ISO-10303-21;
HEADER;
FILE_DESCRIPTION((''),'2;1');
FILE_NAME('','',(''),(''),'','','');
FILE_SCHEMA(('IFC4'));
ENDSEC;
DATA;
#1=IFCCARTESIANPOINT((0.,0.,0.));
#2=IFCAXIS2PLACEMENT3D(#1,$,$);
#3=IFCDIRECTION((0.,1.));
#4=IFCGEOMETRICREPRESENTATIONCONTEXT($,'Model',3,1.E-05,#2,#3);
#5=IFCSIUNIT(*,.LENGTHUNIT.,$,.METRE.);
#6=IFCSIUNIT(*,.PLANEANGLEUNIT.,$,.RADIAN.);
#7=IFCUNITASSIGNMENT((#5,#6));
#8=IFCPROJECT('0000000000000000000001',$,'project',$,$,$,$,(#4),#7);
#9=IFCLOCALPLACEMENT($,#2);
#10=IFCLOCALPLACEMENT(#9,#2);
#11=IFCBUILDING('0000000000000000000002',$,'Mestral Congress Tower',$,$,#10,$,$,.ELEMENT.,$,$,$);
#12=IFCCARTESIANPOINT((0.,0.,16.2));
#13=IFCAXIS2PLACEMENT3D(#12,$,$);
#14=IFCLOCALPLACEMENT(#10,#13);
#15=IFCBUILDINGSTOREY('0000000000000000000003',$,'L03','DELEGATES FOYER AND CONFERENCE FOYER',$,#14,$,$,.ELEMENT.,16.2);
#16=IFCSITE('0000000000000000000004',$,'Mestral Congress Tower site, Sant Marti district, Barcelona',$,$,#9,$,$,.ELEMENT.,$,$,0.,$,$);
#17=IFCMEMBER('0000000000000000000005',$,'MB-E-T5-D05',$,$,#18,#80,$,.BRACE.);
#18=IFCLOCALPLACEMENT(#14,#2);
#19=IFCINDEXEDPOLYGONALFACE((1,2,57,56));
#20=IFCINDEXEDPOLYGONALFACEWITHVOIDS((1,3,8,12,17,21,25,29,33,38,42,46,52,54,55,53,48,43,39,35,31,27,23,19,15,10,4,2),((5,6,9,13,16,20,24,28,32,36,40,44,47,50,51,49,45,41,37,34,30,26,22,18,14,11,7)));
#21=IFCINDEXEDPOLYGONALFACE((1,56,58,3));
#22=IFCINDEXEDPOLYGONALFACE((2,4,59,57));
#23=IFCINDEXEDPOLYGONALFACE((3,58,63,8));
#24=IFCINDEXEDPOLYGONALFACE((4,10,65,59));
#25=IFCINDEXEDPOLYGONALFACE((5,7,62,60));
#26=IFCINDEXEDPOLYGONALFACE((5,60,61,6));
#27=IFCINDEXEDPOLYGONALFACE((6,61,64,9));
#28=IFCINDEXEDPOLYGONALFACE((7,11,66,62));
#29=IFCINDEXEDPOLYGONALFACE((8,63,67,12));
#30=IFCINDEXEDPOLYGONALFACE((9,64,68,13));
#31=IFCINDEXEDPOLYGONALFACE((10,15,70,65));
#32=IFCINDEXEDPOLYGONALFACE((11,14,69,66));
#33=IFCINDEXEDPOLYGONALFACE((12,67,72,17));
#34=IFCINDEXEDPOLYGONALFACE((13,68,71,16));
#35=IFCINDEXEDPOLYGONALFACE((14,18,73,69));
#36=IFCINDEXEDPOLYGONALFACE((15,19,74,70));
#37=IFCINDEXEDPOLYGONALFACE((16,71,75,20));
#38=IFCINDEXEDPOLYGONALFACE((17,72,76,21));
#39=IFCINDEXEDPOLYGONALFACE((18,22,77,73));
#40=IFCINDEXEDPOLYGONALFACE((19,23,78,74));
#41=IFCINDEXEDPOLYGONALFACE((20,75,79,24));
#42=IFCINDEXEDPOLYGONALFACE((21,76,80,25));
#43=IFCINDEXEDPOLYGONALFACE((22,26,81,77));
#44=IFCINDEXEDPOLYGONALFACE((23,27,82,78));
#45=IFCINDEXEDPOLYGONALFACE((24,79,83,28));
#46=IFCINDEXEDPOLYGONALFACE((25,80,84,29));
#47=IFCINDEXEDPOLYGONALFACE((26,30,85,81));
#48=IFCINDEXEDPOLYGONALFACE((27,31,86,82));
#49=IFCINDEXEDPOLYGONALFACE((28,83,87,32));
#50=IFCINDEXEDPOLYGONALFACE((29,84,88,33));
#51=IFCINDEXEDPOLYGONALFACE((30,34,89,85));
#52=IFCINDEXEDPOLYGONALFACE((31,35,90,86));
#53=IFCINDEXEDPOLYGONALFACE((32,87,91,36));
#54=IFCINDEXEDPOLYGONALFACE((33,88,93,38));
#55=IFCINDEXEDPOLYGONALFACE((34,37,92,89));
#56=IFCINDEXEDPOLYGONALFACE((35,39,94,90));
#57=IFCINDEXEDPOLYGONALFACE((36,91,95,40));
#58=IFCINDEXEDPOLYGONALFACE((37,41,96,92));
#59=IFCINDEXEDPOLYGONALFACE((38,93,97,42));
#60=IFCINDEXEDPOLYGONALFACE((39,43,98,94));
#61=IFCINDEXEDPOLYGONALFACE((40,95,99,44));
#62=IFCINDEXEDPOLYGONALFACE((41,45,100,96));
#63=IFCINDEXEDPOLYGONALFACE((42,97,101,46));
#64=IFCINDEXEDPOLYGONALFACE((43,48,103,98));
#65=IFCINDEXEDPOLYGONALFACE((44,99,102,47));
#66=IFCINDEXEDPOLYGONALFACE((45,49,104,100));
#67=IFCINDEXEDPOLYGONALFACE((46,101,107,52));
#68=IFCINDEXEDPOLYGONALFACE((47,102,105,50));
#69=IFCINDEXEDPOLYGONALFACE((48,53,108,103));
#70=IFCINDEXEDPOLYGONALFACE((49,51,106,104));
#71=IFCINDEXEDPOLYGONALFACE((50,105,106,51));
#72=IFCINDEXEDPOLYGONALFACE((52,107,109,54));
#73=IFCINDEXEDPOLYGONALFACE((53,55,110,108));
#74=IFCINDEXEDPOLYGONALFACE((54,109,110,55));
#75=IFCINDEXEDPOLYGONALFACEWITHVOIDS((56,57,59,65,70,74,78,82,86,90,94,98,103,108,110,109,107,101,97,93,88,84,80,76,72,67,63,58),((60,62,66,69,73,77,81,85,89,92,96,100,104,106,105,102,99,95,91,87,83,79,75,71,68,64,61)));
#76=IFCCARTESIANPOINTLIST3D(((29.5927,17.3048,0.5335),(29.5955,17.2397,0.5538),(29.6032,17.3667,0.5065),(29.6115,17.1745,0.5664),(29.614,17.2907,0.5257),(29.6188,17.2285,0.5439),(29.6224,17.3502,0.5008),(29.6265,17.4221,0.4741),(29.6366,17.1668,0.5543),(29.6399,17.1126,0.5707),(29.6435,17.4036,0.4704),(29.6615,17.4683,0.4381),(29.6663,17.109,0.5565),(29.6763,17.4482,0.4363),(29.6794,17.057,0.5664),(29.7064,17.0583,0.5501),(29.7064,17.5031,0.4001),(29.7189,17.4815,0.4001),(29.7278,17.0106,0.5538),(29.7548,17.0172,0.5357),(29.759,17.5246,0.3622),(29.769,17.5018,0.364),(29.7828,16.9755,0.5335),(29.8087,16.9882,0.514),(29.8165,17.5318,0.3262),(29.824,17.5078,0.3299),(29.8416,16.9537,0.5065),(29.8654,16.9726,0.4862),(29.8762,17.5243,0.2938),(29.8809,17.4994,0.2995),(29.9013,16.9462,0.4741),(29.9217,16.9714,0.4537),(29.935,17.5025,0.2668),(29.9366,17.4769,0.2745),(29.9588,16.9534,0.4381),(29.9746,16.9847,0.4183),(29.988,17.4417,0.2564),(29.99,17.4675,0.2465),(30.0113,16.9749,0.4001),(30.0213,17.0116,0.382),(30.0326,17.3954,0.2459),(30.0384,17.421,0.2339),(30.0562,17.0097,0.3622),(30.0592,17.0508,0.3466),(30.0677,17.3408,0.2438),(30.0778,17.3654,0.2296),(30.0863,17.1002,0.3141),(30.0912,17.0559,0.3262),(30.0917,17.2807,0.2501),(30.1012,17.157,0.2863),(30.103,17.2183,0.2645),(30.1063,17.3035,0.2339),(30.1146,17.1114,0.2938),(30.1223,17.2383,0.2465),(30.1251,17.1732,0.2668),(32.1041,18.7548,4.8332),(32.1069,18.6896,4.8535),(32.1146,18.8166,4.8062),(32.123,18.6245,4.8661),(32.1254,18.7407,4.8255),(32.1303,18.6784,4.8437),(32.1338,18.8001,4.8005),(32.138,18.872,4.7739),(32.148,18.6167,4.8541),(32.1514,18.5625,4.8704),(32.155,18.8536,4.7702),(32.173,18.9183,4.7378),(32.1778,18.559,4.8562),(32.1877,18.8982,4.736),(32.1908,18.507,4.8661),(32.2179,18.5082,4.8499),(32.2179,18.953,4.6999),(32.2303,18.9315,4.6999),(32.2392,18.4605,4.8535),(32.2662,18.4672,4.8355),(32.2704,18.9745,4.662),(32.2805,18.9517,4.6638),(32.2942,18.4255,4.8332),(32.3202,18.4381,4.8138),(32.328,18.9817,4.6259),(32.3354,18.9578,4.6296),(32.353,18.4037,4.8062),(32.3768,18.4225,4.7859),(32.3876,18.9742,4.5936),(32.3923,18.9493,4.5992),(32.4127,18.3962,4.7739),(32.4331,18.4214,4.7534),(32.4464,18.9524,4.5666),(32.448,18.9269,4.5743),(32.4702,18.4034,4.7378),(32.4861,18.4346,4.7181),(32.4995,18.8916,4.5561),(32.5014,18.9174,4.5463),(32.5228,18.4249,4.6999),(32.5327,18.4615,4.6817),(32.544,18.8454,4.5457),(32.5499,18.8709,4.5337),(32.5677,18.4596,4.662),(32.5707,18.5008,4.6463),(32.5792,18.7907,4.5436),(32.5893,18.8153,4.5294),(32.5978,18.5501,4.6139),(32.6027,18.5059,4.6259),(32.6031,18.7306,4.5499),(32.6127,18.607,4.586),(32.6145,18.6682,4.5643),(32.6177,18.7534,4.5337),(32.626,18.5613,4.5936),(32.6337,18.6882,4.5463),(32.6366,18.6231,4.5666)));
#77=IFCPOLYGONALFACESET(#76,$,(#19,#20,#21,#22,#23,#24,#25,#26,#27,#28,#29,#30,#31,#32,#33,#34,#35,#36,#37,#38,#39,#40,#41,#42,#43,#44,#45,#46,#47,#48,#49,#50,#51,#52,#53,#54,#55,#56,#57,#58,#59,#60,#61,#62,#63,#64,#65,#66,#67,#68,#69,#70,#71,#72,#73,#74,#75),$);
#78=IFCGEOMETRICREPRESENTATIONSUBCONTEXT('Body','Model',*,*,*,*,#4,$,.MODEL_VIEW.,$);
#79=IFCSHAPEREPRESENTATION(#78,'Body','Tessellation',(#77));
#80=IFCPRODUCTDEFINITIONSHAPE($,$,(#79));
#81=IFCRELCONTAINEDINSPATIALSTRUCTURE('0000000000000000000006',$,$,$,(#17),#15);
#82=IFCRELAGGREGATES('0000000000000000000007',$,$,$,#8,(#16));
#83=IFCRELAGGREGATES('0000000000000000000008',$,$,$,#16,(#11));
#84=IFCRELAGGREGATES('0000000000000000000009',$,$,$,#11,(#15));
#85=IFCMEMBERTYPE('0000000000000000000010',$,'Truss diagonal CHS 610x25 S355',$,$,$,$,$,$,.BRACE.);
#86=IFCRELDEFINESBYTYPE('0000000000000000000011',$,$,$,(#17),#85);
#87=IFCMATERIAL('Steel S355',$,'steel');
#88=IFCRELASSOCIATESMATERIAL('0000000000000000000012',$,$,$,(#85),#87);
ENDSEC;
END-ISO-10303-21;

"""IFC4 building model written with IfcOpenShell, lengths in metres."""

from ifc_helpers import new_model, si_unit, direction, frame, origin, origin_2d, place, context, subcontext, project, spatial, hollow_circle, extrude, material, material_profile, profile_set, type_object, element, save


model = new_model("IFC4")

# Units and contexts
model_context = context("Model", 3, precision=1e-05, world=origin(), true_north=direction((0.0, 1.0)))
body_context = subcontext(model_context, "Body", "Model", "MODEL_VIEW")
ifc_project = project(units=[si_unit("LENGTHUNIT", "METRE"), si_unit("PLANEANGLEUNIT", "RADIAN")], contexts=[model_context])

# Site, building, storey
site_placement = place(None, origin())
site = spatial("IfcSite", under=ifc_project, at=site_placement, Name="Mestral Congress Tower site, Sant Marti district, Barcelona", CompositionType="ELEMENT", RefElevation=0.0)
building_placement = place(site_placement, origin())
building = spatial("IfcBuilding", under=site, at=building_placement, Name="Mestral Congress Tower", CompositionType="ELEMENT")
storey_placement = place(building_placement, frame((0.0, 0.0, 16.2)))
storey = spatial("IfcBuildingStorey", under=building, at=storey_placement, Name="L03", Description="DELEGATES FOYER AND CONFERENCE FOYER", CompositionType="ELEMENT", Elevation=16.2)

# Member
ifc_material_1 = material(Name="Steel S355", Category="steel")
ifc_material_profile_1 = material_profile(ifc_material_1, hollow_circle(Radius=0.3049, WallThickness=0.0249, at=origin_2d()), Name="CHS 610x25")
ifc_profile_set_1 = profile_set([ifc_material_profile_1], Name="Steel S355")
member_type_1 = type_object("IfcMemberType", Name="Truss diagonal CHS 610x25 S355", PredefinedType="BRACE", material=ifc_profile_set_1)
member_1_placement = place(storey_placement, frame((29.8589, 17.239, 0.4001), z_axis=(0.484247, 0.279571, 0.829062), x_axis=(-0.499987, 0.866033, 0.0)))
element("IfcMember", 1, at=member_1_placement, inside=storey, type_object=member_type_1, Name="MB-E-T5-D05", PredefinedType="BRACE", context=body_context, shape_type="SweptSolid", body=[
    extrude(hollow_circle(Radius=0.3049, WallThickness=0.0249, at=origin_2d()), origin(), (0.0, 0.0, 1.0), 5.1863),
])

save(model, "model.ifc")
